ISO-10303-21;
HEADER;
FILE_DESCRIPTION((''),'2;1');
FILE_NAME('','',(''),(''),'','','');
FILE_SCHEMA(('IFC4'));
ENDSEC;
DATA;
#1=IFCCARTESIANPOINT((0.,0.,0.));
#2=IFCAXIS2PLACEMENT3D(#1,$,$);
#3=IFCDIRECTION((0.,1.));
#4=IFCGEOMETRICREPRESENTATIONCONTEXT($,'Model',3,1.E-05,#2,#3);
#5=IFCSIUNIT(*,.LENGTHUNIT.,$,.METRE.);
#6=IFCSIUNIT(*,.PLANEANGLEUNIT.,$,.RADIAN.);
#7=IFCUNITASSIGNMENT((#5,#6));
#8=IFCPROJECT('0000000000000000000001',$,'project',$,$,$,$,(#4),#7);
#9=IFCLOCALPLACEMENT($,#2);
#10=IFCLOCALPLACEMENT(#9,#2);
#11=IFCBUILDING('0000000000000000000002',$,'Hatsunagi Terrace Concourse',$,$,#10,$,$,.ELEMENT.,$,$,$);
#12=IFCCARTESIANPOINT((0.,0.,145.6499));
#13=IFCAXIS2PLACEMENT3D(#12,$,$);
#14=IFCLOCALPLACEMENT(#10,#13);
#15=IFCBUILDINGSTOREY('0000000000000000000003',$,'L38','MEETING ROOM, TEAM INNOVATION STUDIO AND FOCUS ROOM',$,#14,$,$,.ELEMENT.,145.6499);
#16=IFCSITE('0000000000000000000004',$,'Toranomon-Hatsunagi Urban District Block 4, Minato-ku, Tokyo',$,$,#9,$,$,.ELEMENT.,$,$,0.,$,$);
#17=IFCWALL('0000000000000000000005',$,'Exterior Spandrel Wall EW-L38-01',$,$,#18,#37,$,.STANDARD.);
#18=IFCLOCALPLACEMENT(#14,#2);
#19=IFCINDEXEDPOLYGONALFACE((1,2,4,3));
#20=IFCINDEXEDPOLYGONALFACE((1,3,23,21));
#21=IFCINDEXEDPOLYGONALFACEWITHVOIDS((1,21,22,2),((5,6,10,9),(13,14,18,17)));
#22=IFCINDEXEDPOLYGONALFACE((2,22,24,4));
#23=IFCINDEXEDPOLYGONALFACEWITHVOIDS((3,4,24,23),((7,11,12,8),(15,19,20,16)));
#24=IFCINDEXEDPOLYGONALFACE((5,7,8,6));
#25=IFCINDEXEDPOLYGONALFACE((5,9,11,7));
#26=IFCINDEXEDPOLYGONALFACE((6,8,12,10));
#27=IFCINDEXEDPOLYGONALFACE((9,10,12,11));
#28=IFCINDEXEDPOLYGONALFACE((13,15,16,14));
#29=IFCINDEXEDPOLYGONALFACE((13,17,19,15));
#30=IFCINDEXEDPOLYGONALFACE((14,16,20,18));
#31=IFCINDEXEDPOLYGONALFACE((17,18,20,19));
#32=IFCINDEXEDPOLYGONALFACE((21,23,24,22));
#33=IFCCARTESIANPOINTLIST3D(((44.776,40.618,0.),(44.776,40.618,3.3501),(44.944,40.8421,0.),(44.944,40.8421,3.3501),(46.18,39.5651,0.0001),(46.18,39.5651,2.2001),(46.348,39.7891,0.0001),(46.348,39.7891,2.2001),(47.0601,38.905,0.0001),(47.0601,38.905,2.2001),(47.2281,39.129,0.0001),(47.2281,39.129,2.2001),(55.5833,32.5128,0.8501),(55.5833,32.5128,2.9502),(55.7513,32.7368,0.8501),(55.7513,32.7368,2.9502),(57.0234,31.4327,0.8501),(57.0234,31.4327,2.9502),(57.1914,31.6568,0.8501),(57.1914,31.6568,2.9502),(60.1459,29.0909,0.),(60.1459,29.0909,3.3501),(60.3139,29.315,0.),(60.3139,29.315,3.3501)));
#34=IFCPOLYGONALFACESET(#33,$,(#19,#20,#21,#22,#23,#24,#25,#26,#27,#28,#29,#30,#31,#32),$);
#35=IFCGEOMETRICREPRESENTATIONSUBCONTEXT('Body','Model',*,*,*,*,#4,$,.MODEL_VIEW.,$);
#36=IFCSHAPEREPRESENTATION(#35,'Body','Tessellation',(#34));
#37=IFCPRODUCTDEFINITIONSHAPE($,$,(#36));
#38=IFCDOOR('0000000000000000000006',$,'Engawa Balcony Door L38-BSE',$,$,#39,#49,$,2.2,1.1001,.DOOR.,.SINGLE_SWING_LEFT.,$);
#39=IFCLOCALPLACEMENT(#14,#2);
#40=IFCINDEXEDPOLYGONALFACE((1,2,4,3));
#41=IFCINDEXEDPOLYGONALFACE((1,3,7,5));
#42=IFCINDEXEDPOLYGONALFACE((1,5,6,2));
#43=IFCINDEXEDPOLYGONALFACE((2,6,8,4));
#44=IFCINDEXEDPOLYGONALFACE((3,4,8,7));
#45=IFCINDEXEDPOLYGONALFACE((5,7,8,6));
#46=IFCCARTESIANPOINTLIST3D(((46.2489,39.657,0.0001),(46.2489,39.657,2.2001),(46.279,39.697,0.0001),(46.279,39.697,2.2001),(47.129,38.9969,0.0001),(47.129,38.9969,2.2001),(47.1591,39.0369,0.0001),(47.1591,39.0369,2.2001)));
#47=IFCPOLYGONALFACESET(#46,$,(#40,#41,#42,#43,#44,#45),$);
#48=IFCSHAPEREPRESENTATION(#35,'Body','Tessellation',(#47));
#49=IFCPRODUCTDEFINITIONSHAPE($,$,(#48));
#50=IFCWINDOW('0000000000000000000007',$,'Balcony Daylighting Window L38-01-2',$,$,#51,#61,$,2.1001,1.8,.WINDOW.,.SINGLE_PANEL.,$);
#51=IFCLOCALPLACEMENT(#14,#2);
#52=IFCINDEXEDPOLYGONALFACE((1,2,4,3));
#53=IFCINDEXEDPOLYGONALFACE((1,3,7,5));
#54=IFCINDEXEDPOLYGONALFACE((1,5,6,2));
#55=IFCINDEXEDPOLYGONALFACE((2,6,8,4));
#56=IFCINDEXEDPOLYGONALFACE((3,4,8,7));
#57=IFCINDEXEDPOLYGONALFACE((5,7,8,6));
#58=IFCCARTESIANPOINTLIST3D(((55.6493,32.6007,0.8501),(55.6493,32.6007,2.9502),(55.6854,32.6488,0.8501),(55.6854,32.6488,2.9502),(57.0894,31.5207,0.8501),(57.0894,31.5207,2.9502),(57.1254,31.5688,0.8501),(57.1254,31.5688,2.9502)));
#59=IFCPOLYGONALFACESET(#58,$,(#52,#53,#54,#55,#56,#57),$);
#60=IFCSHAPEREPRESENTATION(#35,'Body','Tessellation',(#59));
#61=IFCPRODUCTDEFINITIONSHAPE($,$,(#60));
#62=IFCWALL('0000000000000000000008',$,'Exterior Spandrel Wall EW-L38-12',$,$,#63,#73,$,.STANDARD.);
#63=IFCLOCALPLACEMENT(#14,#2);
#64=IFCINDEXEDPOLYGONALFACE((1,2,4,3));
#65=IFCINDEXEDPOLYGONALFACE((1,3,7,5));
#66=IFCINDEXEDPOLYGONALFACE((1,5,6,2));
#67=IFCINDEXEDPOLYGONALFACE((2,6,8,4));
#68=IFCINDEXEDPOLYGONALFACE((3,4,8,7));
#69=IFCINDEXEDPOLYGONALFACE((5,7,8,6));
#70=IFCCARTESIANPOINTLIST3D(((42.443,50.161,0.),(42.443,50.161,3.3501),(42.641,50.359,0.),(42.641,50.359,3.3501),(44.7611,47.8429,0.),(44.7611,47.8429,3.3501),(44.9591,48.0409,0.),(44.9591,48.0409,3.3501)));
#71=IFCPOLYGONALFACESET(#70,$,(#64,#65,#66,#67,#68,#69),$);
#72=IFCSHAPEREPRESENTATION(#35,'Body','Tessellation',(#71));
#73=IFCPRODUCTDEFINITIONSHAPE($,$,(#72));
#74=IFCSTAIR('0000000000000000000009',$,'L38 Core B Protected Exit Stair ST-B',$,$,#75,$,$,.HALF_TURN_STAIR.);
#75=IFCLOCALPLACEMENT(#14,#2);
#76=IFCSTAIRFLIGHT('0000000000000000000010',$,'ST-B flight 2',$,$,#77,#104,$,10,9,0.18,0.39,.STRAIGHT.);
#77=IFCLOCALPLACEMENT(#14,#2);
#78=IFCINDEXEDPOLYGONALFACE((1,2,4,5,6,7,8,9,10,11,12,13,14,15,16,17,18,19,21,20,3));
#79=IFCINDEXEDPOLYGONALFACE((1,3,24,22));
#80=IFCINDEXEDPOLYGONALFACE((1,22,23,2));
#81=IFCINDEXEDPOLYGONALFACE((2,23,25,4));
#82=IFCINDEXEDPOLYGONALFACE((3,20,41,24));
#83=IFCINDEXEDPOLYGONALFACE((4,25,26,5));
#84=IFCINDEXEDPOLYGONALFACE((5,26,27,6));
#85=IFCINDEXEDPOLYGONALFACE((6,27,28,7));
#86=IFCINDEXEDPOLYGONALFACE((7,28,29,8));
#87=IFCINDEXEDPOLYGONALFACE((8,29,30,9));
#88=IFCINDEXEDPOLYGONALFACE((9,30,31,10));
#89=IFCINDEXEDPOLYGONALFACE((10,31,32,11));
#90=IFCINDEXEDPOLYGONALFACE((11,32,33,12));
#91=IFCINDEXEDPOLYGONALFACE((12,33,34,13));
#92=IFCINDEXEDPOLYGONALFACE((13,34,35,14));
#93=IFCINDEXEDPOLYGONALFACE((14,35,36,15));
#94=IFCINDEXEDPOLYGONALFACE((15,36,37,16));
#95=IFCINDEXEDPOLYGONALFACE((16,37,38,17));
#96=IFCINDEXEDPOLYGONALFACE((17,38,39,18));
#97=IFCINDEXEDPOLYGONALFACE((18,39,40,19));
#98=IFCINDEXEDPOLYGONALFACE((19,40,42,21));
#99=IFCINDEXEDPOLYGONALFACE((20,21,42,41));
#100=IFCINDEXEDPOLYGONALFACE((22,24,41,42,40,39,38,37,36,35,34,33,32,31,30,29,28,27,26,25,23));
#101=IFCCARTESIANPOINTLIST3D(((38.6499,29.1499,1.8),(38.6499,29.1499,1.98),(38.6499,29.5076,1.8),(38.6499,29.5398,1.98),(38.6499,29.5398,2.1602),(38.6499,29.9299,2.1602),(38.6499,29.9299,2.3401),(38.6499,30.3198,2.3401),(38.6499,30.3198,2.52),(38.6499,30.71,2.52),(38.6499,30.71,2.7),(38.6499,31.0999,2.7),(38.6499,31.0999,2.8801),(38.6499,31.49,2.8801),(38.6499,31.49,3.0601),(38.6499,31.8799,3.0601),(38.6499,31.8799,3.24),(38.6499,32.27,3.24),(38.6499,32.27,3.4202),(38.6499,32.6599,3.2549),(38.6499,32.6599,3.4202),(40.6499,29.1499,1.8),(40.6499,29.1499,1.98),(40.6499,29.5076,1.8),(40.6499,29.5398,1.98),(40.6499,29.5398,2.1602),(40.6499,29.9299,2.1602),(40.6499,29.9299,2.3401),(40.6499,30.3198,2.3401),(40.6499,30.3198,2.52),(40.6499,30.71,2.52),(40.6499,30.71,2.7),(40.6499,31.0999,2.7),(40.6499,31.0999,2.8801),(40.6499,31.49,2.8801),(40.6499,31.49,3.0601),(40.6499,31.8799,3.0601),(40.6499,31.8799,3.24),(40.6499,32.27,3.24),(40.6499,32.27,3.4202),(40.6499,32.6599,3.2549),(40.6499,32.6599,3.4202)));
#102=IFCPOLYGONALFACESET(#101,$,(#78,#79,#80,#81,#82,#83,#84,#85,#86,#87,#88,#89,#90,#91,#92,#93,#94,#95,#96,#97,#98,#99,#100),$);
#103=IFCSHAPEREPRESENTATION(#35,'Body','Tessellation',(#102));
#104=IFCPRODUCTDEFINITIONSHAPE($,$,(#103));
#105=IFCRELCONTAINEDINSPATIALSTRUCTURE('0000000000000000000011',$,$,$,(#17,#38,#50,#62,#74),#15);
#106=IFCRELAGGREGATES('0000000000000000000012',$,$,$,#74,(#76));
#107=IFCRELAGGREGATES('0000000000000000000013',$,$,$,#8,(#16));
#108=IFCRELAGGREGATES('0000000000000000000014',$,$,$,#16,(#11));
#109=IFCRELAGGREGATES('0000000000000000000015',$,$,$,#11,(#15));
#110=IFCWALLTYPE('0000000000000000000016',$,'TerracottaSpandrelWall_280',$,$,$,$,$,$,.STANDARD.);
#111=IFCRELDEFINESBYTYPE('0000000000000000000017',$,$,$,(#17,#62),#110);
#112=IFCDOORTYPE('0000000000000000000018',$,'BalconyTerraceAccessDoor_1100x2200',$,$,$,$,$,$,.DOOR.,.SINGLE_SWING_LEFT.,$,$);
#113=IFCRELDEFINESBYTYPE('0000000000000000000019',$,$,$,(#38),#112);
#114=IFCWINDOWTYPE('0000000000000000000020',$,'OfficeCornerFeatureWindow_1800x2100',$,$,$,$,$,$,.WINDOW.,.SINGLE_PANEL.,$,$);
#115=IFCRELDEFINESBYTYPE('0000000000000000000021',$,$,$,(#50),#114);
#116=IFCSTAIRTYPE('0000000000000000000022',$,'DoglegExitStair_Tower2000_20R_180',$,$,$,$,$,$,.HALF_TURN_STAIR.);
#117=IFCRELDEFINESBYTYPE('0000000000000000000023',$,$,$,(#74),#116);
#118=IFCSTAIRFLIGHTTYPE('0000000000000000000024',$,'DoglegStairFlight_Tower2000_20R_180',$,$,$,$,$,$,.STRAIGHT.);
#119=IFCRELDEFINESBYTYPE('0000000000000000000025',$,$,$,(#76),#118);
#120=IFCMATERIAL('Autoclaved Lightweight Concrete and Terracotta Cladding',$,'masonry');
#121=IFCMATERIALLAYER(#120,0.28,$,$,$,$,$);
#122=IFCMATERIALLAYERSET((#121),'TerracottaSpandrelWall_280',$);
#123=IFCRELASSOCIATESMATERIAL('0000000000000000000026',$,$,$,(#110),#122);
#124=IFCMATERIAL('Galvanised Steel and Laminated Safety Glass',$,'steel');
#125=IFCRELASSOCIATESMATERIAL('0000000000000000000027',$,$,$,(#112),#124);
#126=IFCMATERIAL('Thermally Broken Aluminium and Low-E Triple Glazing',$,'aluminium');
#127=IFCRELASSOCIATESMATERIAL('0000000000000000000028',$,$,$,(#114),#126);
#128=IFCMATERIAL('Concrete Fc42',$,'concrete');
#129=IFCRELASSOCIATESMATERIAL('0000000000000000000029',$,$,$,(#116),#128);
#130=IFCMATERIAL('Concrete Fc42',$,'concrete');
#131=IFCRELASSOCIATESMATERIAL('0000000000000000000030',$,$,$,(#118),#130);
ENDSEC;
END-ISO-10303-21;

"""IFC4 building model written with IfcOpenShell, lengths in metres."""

from ifc_helpers import new_model, si_unit, direction, frame, frame_2d, origin, place, context, subcontext, project, spatial, polyline, rectangle, outline, extrude, material, layer, layer_set, type_object, element, fill, aggregate, save


model = new_model("IFC4")

# Units and contexts
model_context = context("Model", 3, precision=1e-05, world=origin(), true_north=direction((0.0, 1.0)))
body_context = subcontext(model_context, "Body", "Model", "MODEL_VIEW")
ifc_project = project(units=[si_unit("LENGTHUNIT", "METRE"), si_unit("PLANEANGLEUNIT", "RADIAN")], contexts=[model_context])

# Site, building, storey
site_placement = place(None, origin())
site = spatial("IfcSite", under=ifc_project, at=site_placement, Name="Toranomon-Hatsunagi Urban District Block 4, Minato-ku, Tokyo", CompositionType="ELEMENT", RefElevation=0.0)
building_placement = place(site_placement, origin())
building = spatial("IfcBuilding", under=site, at=building_placement, Name="Hatsunagi Terrace Concourse", CompositionType="ELEMENT")
storey_placement = place(building_placement, frame((0.0, 0.0, 145.6499)))
storey = spatial("IfcBuildingStorey", under=building, at=storey_placement, Name="L38", Description="MEETING ROOM, TEAM INNOVATION STUDIO AND FOCUS ROOM", CompositionType="ELEMENT", Elevation=145.6499)

# Wall, openings, door, window
ifc_material_1 = material(Name="Autoclaved Lightweight Concrete and Terracotta Cladding", Category="masonry")
ifc_layer_1 = layer(ifc_material_1, 0.28)
ifc_layer_set_1 = layer_set([ifc_layer_1], Name="TerracottaSpandrelWall_280")
wall_type_1 = type_object("IfcWallType", Name="TerracottaSpandrelWall_280", PredefinedType="STANDARD", material=ifc_layer_set_1)
wall_1_placement = place(storey_placement, frame((44.8601, 40.73, 0.0), z_axis=(0.0, 0.0, 1.0), x_axis=(0.800008, -0.59999, 0.0)))
wall_1 = element("IfcWall", 1, at=wall_1_placement, inside=storey, type_object=wall_type_1, Name="Exterior Spandrel Wall EW-L38-01", PredefinedType="STANDARD", context=body_context, shape_type="SweptSolid", body=[
    extrude(rectangle(XDim=19.2122, YDim=0.28, at=frame_2d((9.606, 0.0))), origin(), (0.0, 0.0, 1.0), 3.3501),
])
opening_1_placement = place(wall_1_placement, frame((1.7549, 0.0, 0.0)))
opening_1 = element("IfcOpeningElement", 2, at=opening_1_placement, cuts=wall_1, PredefinedType="OPENING", context=body_context, shape_type="SweptSolid", body=[
    extrude(rectangle(XDim=1.1001, YDim=2.2, at=frame_2d((0.55, 1.1001))), frame((0.0, 0.1499, 0.0), z_axis=(0.0, -1.0, 0.0), x_axis=(1.0, 0.0, 0.0)), (0.0, 0.0, 1.0), 0.3),
])
opening_2_placement = place(wall_1_placement, frame((13.509, 0.0, 0.8501)))
opening_2 = element("IfcOpeningElement", 3, at=opening_2_placement, cuts=wall_1, PredefinedType="OPENING", context=body_context, shape_type="SweptSolid", body=[
    extrude(rectangle(XDim=1.8, YDim=2.1001, at=frame_2d((0.8999, 1.05))), frame((0.0, 0.1499, 0.0), z_axis=(0.0, -1.0, 0.0), x_axis=(1.0, 0.0, 0.0)), (0.0, 0.0, 1.0), 0.3),
])
ifc_material_2 = material(Name="Galvanised Steel and Laminated Safety Glass", Category="steel")
door_type = type_object("IfcDoorType", Name="BalconyTerraceAccessDoor_1100x2200", OperationType="SINGLE_SWING_LEFT", PredefinedType="DOOR", material=ifc_material_2)
door_placement = place(opening_1_placement, origin())
door = element("IfcDoor", 4, at=door_placement, inside=storey, type_object=door_type, Name="Engawa Balcony Door L38-BSE", OperationType="SINGLE_SWING_LEFT", OverallHeight=2.2, OverallWidth=1.1001, PredefinedType="DOOR", context=body_context, shape_type="SweptSolid", body=[
    extrude(rectangle(XDim=1.1001, YDim=2.2, at=frame_2d((0.55, 1.1001))), frame((0.0, 0.0249, 0.0), z_axis=(0.0, -1.0, 0.0), x_axis=(1.0, 0.0, 0.0)), (0.0, 0.0, 1.0), 0.05),
])
fill(opening_1, door)
ifc_material_3 = material(Name="Thermally Broken Aluminium and Low-E Triple Glazing", Category="aluminium")
window_type = type_object("IfcWindowType", Name="OfficeCornerFeatureWindow_1800x2100", PartitioningType="SINGLE_PANEL", PredefinedType="WINDOW", material=ifc_material_3)
window_placement = place(opening_2_placement, origin())
window = element("IfcWindow", 5, at=window_placement, inside=storey, type_object=window_type, Name="Balcony Daylighting Window L38-01-2", OverallHeight=2.1001, OverallWidth=1.8, PartitioningType="SINGLE_PANEL", PredefinedType="WINDOW", context=body_context, shape_type="SweptSolid", body=[
    extrude(rectangle(XDim=1.8, YDim=2.1001, at=frame_2d((0.8999, 1.05))), frame((0.0, 0.03, 0.0), z_axis=(0.0, -1.0, 0.0), x_axis=(1.0, 0.0, 0.0)), (0.0, 0.0, 1.0), 0.0601),
])
fill(opening_2, window)

# Wall
wall_2_placement = place(storey_placement, frame((42.542, 50.26, 0.0), z_axis=(0.0, 0.0, 1.0), x_axis=(0.707107, -0.707107, 0.0)))
element("IfcWall", 6, at=wall_2_placement, inside=storey, type_object=wall_type_1, Name="Exterior Spandrel Wall EW-L38-12", PredefinedType="STANDARD", context=body_context, shape_type="SweptSolid", body=[
    extrude(rectangle(XDim=3.2783, YDim=0.28, at=frame_2d((1.6392, 0.0))), origin(), (0.0, 0.0, 1.0), 3.3501),
])

# Stair, stair flight
ifc_material_4 = material(Name="Concrete Fc42", Category="concrete")
stair_type = type_object("IfcStairType", Name="DoglegExitStair_Tower2000_20R_180", PredefinedType="HALF_TURN_STAIR", material=ifc_material_4)
stair_placement = place(storey_placement, origin())
stair = element("IfcStair", 7, at=stair_placement, inside=storey, type_object=stair_type, Name="L38 Core B Protected Exit Stair ST-B", PredefinedType="HALF_TURN_STAIR")
ifc_material_5 = material(Name="Concrete Fc42", Category="concrete")
stair_flight_type = type_object("IfcStairFlightType", Name="DoglegStairFlight_Tower2000_20R_180", PredefinedType="STRAIGHT", material=ifc_material_5)
stair_flight_placement = place(storey_placement, frame((39.6499, 29.1499, 1.8), z_axis=(0.0, 0.0, 1.0), x_axis=(0.0, 1.0, 0.0)))
stair_flight = element("IfcStairFlight", 8, at=stair_flight_placement, type_object=stair_flight_type, Name="ST-B flight 2", NumberOfRisers=10, NumberOfTreads=9, PredefinedType="STRAIGHT", RiserHeight=0.18, TreadLength=0.39, context=body_context, shape_type="SweptSolid", body=[
    extrude(outline(polyline([(0.0, 0.0), (0.0, 0.1799), (0.3899, 0.1799), (0.3899, 0.3601), (0.78, 0.3601), (0.78, 0.54), (1.1699, 0.54), (1.1699, 0.72), (1.5601, 0.72), (1.5601, 0.8999), (1.95, 0.8999), (1.95, 1.0801), (2.3401, 1.0801), (2.3401, 1.26), (2.73, 1.26), (2.73, 1.4399), (3.1201, 1.4399), (3.1201, 1.6201), (3.51, 1.6201), (3.51, 1.8), (3.51, 1.4548), (0.3577, 0.0), (0.0, 0.0)])), frame((0.0, 1.0, 0.0), z_axis=(0.0, -1.0, 0.0), x_axis=(1.0, 0.0, 0.0)), (0.0, 0.0, 1.0), 2.0),
])
aggregate(stair, [stair_flight])

save(model, "model.ifc")
